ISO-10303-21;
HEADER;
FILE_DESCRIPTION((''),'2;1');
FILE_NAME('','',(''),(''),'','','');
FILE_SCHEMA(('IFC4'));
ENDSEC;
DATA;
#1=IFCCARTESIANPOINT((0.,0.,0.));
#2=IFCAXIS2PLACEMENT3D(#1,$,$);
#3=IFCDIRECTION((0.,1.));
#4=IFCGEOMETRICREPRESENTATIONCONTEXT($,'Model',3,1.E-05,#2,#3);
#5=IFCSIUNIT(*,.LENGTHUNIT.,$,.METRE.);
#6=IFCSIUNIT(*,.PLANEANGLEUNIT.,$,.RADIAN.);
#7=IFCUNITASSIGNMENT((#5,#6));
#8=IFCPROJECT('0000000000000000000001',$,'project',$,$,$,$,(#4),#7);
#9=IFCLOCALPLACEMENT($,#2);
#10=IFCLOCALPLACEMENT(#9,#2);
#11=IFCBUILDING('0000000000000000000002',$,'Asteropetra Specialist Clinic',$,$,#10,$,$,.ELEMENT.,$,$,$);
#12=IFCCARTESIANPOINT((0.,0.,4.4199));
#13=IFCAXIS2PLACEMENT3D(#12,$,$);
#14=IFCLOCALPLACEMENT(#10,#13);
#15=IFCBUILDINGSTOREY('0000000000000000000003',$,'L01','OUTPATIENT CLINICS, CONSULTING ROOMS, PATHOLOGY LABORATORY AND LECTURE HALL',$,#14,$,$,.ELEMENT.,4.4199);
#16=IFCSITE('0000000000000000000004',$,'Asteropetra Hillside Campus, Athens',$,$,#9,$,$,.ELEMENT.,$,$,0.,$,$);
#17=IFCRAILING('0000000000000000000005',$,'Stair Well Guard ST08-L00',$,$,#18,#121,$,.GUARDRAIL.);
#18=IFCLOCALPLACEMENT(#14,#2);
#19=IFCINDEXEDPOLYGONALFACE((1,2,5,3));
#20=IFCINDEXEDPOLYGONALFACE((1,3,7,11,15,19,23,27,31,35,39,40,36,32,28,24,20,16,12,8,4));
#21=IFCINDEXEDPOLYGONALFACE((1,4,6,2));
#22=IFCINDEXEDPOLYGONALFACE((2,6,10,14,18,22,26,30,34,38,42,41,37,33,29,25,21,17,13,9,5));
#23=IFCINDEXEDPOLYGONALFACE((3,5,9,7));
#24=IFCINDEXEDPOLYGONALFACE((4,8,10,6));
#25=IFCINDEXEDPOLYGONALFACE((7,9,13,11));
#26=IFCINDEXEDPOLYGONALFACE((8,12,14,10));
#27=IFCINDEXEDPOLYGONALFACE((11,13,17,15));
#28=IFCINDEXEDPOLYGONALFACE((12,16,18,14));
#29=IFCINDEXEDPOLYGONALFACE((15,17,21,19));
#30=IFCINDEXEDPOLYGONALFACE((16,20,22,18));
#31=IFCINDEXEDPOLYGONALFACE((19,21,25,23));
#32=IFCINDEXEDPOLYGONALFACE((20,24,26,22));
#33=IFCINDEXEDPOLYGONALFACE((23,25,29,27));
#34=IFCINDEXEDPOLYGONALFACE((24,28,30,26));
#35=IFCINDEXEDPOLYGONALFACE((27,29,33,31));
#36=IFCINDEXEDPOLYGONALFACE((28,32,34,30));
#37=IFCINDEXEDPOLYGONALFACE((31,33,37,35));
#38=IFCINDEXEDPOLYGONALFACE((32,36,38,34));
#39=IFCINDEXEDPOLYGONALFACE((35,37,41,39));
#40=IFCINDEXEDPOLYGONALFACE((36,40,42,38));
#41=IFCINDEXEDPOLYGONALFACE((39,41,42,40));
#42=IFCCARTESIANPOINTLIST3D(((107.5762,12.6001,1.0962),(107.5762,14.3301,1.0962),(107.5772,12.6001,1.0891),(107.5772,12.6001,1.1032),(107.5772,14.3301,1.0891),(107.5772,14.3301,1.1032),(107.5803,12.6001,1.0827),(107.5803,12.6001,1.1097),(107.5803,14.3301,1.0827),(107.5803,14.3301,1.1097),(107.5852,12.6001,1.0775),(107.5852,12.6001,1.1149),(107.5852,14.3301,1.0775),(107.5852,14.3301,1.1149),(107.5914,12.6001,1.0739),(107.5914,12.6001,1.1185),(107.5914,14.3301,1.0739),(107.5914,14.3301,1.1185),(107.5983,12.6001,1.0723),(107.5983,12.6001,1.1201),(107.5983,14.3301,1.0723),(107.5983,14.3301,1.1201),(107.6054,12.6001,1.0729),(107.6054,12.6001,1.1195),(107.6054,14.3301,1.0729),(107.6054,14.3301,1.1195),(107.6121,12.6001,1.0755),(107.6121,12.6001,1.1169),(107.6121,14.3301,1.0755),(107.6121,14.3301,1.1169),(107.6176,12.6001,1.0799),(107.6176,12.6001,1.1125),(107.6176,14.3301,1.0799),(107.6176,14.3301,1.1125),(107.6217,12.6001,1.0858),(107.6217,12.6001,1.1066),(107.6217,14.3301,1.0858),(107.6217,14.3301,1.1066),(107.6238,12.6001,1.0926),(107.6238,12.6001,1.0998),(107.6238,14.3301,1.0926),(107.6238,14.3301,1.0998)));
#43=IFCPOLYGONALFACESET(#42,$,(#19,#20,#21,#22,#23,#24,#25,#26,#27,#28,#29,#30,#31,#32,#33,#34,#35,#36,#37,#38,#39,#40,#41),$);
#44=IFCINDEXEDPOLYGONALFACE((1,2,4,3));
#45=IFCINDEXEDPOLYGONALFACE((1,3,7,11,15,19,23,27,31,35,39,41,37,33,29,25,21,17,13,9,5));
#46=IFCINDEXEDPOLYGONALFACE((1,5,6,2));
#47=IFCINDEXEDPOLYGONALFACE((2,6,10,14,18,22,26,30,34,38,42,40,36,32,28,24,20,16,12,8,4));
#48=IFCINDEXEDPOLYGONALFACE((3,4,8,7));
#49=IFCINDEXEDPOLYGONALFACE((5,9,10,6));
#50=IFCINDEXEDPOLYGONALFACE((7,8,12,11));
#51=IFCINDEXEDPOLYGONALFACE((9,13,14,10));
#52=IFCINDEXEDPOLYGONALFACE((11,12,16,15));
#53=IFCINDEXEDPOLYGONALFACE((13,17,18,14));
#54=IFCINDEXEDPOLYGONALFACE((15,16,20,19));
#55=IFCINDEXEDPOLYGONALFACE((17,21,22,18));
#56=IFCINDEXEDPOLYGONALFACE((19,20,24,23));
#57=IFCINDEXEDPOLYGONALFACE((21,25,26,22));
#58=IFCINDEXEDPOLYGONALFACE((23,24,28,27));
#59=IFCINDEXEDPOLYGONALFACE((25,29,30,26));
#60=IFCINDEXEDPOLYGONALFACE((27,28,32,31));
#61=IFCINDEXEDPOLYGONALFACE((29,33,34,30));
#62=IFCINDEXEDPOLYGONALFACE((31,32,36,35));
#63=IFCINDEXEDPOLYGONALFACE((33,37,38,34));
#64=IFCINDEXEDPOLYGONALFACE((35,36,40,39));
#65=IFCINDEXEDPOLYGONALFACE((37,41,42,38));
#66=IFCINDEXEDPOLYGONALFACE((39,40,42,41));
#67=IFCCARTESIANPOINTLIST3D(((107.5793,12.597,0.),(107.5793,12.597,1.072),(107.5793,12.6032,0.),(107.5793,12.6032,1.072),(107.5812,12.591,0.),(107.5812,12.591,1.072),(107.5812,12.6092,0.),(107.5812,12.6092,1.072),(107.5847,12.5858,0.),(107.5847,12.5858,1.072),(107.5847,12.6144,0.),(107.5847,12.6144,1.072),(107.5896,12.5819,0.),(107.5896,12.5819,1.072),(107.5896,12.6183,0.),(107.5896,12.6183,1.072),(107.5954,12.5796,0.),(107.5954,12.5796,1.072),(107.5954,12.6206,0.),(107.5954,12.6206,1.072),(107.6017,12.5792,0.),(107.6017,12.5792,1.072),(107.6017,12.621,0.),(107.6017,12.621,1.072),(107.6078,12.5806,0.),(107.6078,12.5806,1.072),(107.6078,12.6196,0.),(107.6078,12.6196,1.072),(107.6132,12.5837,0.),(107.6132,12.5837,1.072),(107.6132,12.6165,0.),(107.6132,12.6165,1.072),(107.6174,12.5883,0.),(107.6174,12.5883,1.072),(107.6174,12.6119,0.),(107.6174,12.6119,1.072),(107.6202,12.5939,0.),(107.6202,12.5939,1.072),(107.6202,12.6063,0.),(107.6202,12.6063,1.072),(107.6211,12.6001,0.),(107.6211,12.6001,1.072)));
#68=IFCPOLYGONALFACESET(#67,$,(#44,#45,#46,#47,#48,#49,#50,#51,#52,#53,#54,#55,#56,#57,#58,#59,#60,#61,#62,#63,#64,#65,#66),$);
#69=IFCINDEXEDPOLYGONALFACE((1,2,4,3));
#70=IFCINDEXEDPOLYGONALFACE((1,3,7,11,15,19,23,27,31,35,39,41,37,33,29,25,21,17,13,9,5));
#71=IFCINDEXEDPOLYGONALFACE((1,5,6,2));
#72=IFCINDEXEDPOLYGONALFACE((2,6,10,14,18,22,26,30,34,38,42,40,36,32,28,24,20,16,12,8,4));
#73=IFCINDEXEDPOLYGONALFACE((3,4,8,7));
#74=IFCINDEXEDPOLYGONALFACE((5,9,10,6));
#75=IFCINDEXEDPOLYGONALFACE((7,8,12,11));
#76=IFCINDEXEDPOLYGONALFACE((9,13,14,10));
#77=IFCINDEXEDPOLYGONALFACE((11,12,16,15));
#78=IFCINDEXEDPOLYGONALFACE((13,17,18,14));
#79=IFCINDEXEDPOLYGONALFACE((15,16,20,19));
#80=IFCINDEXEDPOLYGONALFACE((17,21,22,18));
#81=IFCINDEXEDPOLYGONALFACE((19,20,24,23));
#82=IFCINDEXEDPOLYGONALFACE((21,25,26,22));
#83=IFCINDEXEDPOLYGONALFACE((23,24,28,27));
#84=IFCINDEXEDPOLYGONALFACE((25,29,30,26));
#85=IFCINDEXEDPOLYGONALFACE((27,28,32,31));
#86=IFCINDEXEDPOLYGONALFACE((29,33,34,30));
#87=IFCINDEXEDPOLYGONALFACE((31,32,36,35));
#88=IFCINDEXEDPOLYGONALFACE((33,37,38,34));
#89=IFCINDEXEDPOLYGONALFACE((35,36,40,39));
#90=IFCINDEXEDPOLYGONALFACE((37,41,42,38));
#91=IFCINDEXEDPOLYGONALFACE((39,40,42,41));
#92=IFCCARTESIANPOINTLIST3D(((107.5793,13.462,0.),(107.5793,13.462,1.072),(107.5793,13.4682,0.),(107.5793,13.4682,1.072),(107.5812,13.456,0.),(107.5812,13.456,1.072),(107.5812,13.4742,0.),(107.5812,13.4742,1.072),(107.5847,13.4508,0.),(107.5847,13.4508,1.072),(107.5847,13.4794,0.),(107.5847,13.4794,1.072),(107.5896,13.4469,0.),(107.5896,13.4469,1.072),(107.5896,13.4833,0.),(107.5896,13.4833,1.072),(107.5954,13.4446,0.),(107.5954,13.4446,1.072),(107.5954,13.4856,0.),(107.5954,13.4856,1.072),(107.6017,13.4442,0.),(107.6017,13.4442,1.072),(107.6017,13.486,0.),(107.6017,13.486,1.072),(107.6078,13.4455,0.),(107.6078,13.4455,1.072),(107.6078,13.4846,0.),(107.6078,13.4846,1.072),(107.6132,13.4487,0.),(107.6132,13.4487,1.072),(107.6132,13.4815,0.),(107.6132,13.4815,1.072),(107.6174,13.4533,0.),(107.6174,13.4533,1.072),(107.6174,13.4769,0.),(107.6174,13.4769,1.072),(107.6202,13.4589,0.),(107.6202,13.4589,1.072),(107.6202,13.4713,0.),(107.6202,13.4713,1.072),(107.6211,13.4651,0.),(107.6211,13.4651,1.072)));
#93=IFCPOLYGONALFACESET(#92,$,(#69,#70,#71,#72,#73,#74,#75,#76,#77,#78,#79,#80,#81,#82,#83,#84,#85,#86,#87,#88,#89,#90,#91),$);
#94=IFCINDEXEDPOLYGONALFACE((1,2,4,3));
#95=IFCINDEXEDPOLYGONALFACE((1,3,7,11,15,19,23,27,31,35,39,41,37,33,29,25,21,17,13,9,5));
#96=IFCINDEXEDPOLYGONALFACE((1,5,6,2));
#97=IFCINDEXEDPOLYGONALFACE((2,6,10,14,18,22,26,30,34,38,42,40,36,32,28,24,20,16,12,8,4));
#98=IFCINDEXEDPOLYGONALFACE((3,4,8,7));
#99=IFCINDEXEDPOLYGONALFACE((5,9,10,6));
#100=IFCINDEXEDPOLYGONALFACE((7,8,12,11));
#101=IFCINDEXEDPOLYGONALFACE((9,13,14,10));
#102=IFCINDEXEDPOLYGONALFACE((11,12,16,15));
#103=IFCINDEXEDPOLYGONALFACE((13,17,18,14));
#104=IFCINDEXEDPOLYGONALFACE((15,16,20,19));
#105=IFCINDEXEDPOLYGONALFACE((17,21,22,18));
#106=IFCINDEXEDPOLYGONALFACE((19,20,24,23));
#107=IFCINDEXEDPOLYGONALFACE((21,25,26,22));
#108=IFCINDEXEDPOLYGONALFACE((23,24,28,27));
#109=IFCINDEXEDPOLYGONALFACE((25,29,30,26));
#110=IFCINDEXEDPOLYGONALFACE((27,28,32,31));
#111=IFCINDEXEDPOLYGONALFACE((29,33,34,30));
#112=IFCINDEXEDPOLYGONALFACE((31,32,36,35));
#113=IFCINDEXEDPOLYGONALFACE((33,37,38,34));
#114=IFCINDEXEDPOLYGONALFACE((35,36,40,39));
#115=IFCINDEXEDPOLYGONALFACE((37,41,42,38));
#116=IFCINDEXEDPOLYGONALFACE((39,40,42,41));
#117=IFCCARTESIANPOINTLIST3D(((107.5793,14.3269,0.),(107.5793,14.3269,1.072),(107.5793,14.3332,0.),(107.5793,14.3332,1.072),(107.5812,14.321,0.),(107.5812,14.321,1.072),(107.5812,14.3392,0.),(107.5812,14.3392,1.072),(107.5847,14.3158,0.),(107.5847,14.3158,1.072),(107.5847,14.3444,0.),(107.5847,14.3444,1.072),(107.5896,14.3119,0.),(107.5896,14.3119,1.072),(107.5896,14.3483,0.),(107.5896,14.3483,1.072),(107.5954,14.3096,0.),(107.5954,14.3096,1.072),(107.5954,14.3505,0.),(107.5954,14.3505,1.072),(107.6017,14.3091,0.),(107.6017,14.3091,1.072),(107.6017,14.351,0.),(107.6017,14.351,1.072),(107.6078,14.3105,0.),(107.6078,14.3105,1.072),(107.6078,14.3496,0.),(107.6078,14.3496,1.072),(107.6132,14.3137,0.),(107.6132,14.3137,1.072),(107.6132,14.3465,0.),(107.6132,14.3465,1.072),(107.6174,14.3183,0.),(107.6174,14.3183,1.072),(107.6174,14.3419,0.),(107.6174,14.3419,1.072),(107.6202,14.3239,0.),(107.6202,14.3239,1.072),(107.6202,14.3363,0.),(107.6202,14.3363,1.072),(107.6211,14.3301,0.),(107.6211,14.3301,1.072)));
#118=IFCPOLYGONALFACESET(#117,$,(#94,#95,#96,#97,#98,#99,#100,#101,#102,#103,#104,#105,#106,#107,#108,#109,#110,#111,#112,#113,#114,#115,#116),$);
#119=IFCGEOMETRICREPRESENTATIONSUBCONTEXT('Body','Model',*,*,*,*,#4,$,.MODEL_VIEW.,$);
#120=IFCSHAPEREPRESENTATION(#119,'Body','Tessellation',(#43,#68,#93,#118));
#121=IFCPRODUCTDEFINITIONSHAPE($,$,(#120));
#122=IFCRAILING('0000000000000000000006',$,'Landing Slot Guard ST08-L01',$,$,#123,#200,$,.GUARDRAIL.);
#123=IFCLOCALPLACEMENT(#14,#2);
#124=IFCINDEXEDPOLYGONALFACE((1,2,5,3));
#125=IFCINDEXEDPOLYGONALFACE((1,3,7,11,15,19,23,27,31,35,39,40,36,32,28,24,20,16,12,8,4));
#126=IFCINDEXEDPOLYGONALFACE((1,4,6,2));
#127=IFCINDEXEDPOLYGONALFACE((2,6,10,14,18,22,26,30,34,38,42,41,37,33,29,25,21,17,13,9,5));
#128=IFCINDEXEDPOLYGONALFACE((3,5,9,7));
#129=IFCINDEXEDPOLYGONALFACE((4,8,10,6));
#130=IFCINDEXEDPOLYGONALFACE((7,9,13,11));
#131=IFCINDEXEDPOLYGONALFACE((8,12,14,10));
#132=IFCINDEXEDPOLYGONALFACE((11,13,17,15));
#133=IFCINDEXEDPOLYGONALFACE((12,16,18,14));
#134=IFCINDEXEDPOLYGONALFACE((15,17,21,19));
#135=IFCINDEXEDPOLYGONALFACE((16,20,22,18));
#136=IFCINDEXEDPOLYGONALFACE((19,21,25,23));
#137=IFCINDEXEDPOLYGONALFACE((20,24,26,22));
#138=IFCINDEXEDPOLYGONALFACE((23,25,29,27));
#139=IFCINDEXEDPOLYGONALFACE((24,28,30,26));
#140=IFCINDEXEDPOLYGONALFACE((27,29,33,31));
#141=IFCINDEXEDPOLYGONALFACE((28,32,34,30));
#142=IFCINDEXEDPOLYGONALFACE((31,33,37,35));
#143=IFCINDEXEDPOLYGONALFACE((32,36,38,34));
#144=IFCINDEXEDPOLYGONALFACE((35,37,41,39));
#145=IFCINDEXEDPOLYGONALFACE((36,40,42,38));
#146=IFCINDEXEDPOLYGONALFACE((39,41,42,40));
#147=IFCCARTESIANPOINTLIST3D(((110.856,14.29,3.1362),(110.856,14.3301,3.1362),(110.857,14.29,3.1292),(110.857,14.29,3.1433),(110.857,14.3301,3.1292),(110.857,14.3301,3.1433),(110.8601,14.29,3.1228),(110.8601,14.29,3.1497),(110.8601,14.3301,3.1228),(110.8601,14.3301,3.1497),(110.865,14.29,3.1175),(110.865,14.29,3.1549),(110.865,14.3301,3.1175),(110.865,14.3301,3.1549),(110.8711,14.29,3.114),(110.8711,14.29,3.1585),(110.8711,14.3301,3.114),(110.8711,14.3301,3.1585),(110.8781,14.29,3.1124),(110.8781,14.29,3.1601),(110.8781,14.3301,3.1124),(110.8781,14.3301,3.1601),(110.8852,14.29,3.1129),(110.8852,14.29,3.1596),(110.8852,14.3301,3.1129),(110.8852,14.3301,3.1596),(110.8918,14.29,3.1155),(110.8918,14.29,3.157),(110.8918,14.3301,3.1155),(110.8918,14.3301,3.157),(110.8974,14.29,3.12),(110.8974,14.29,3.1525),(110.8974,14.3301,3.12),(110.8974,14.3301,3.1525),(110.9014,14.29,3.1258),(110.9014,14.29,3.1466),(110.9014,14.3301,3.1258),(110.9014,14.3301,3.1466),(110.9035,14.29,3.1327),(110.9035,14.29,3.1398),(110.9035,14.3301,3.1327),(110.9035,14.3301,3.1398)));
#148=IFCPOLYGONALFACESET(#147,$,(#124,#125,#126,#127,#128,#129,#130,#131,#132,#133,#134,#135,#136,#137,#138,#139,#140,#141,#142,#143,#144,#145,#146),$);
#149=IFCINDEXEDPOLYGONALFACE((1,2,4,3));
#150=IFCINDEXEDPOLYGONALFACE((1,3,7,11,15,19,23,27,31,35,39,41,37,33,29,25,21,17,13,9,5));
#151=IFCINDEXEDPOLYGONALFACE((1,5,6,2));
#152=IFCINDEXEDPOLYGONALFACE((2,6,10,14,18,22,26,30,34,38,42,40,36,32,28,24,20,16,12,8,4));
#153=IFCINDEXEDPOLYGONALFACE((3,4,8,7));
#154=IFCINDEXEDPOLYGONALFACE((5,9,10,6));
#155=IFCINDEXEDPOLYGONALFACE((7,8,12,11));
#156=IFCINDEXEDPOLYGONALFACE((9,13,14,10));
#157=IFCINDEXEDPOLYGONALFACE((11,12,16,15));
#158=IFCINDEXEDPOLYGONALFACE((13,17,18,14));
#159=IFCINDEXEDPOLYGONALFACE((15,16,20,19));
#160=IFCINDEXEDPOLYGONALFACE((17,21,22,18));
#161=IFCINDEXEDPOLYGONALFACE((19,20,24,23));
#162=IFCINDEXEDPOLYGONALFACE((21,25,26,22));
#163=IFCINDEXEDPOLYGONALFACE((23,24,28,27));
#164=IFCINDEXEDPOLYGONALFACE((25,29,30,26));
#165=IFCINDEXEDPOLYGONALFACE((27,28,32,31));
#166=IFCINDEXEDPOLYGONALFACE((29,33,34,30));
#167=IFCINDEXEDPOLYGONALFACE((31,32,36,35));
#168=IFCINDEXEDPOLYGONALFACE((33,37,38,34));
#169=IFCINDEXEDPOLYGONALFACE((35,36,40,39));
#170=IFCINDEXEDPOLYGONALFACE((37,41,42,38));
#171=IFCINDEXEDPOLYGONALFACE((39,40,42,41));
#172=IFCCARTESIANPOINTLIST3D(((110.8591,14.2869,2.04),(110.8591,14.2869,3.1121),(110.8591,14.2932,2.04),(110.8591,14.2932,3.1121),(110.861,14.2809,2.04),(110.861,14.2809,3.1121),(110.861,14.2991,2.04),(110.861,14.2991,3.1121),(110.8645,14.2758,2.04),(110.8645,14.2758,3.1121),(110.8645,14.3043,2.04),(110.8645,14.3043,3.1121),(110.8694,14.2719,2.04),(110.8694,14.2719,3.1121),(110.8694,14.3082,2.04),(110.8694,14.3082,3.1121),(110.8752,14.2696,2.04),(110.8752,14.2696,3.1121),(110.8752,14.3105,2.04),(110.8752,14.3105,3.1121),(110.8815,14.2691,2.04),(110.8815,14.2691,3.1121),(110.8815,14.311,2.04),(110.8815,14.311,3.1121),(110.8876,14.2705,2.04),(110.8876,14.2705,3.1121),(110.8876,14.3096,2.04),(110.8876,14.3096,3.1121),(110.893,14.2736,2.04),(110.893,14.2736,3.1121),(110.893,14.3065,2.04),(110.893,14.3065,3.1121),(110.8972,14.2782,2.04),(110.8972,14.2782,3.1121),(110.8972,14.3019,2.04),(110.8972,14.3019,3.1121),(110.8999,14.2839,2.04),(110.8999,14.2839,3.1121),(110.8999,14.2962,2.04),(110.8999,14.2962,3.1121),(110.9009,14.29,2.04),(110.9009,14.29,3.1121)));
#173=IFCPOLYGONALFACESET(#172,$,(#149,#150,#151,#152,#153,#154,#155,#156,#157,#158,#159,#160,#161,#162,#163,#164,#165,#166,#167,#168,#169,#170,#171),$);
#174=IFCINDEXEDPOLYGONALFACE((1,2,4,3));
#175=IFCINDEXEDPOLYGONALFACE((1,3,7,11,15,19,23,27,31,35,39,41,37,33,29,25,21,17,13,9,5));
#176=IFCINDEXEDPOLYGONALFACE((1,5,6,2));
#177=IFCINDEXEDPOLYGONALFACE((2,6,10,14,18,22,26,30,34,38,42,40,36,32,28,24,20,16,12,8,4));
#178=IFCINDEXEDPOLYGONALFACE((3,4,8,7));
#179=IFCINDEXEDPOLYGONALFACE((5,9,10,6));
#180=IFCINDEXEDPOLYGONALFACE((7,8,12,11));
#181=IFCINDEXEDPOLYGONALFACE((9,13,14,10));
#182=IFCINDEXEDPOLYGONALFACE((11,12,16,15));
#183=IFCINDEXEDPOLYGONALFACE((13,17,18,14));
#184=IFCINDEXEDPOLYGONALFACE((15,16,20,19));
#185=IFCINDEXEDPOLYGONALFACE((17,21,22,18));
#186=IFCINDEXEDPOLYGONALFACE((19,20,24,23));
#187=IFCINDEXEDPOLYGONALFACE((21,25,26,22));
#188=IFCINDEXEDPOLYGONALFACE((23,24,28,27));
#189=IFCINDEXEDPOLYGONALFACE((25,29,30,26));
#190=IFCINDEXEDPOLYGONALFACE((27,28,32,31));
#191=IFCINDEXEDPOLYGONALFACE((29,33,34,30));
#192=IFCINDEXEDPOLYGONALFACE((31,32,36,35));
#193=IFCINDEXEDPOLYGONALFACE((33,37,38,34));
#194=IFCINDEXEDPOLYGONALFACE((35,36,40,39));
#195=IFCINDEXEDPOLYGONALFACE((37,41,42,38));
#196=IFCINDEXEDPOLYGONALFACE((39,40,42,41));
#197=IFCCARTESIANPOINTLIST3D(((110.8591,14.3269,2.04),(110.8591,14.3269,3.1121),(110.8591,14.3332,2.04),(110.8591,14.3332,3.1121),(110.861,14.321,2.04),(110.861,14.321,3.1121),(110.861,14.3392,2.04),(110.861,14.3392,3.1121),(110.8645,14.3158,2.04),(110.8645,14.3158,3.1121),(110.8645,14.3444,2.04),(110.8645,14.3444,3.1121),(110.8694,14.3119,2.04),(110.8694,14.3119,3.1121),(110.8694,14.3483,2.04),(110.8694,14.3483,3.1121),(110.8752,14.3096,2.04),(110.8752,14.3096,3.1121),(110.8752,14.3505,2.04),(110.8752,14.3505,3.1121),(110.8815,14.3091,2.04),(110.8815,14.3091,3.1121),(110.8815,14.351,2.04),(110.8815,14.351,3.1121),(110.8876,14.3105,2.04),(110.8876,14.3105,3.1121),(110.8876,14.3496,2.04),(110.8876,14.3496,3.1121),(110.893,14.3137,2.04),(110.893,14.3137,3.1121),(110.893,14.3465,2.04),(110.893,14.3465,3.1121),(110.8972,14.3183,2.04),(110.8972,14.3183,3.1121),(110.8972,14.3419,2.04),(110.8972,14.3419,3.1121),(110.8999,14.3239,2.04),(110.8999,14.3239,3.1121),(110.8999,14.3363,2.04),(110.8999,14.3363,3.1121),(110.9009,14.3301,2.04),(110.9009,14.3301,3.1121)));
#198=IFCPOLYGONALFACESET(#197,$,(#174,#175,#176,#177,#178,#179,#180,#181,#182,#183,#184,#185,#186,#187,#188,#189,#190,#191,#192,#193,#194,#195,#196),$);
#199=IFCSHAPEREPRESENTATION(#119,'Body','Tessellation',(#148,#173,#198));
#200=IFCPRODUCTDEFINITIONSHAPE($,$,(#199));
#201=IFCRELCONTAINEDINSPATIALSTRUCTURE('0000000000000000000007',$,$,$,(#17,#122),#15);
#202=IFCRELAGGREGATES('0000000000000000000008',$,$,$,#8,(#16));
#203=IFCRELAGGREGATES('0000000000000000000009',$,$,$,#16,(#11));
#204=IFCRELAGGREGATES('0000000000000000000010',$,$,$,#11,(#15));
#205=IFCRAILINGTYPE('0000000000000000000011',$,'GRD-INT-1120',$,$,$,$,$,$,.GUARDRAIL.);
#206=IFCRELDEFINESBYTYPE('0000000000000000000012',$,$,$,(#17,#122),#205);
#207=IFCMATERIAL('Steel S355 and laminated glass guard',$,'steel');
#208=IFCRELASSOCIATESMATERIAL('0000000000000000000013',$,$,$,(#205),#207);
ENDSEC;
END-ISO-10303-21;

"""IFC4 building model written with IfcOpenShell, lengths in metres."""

from ifc_helpers import new_model, si_unit, direction, frame, origin, origin_2d, place, context, subcontext, project, spatial, circle, extrude, material, type_object, element, save


model = new_model("IFC4")

# Units and contexts
model_context = context("Model", 3, precision=1e-05, world=origin(), true_north=direction((0.0, 1.0)))
body_context = subcontext(model_context, "Body", "Model", "MODEL_VIEW")
ifc_project = project(units=[si_unit("LENGTHUNIT", "METRE"), si_unit("PLANEANGLEUNIT", "RADIAN")], contexts=[model_context])

# Site, building, storey
site_placement = place(None, origin())
site = spatial("IfcSite", under=ifc_project, at=site_placement, Name="Asteropetra Hillside Campus, Athens", CompositionType="ELEMENT", RefElevation=0.0)
building_placement = place(site_placement, origin())
building = spatial("IfcBuilding", under=site, at=building_placement, Name="Asteropetra Specialist Clinic", CompositionType="ELEMENT")
storey_placement = place(building_placement, frame((0.0, 0.0, 4.4199)))
storey = spatial("IfcBuildingStorey", under=building, at=storey_placement, Name="L01", Description="OUTPATIENT CLINICS, CONSULTING ROOMS, PATHOLOGY LABORATORY AND LECTURE HALL", CompositionType="ELEMENT", Elevation=4.4199)

# Railings
ifc_material_1 = material(Name="Steel S355 and laminated glass guard", Category="steel")
railing_type_1 = type_object("IfcRailingType", Name="GRD-INT-1120", PredefinedType="GUARDRAIL", material=ifc_material_1)
railing_1_placement = place(storey_placement, frame((107.6001, 12.6001, 0.0)))
element("IfcRailing", 1, at=railing_1_placement, inside=storey, type_object=railing_type_1, Name="Stair Well Guard ST08-L00", PredefinedType="GUARDRAIL", context=body_context, shape_type="SweptSolid", body=[
    extrude(circle(Radius=0.0239, at=origin_2d()), frame((0.0, 0.0, 1.0962), z_axis=(0.0, 1.0, 0.0), x_axis=(-1.0, 0.0, 0.0)), (0.0, 0.0, 1.0), 1.73),
    extrude(circle(Radius=0.021, at=origin_2d()), origin(), (0.0, 0.0, 1.0), 1.072),
    extrude(circle(Radius=0.021, at=origin_2d()), frame((0.0, 0.865, 0.0)), (0.0, 0.0, 1.0), 1.072),
    extrude(circle(Radius=0.021, at=origin_2d()), frame((0.0, 1.73, 0.0)), (0.0, 0.0, 1.0), 1.072),
])
railing_2_placement = place(storey_placement, frame((110.8799, 14.29, 2.04)))
element("IfcRailing", 2, at=railing_2_placement, inside=storey, type_object=railing_type_1, Name="Landing Slot Guard ST08-L01", PredefinedType="GUARDRAIL", context=body_context, shape_type="SweptSolid", body=[
    extrude(circle(Radius=0.0239, at=origin_2d()), frame((0.0, 0.0, 1.0962), z_axis=(0.0, 1.0, 0.0), x_axis=(-1.0, 0.0, 0.0)), (0.0, 0.0, 1.0), 0.04),
    extrude(circle(Radius=0.021, at=origin_2d()), origin(), (0.0, 0.0, 1.0), 1.072),
    extrude(circle(Radius=0.021, at=origin_2d()), frame((0.0, 0.04, 0.0)), (0.0, 0.0, 1.0), 1.072),
])

save(model, "model.ifc")
